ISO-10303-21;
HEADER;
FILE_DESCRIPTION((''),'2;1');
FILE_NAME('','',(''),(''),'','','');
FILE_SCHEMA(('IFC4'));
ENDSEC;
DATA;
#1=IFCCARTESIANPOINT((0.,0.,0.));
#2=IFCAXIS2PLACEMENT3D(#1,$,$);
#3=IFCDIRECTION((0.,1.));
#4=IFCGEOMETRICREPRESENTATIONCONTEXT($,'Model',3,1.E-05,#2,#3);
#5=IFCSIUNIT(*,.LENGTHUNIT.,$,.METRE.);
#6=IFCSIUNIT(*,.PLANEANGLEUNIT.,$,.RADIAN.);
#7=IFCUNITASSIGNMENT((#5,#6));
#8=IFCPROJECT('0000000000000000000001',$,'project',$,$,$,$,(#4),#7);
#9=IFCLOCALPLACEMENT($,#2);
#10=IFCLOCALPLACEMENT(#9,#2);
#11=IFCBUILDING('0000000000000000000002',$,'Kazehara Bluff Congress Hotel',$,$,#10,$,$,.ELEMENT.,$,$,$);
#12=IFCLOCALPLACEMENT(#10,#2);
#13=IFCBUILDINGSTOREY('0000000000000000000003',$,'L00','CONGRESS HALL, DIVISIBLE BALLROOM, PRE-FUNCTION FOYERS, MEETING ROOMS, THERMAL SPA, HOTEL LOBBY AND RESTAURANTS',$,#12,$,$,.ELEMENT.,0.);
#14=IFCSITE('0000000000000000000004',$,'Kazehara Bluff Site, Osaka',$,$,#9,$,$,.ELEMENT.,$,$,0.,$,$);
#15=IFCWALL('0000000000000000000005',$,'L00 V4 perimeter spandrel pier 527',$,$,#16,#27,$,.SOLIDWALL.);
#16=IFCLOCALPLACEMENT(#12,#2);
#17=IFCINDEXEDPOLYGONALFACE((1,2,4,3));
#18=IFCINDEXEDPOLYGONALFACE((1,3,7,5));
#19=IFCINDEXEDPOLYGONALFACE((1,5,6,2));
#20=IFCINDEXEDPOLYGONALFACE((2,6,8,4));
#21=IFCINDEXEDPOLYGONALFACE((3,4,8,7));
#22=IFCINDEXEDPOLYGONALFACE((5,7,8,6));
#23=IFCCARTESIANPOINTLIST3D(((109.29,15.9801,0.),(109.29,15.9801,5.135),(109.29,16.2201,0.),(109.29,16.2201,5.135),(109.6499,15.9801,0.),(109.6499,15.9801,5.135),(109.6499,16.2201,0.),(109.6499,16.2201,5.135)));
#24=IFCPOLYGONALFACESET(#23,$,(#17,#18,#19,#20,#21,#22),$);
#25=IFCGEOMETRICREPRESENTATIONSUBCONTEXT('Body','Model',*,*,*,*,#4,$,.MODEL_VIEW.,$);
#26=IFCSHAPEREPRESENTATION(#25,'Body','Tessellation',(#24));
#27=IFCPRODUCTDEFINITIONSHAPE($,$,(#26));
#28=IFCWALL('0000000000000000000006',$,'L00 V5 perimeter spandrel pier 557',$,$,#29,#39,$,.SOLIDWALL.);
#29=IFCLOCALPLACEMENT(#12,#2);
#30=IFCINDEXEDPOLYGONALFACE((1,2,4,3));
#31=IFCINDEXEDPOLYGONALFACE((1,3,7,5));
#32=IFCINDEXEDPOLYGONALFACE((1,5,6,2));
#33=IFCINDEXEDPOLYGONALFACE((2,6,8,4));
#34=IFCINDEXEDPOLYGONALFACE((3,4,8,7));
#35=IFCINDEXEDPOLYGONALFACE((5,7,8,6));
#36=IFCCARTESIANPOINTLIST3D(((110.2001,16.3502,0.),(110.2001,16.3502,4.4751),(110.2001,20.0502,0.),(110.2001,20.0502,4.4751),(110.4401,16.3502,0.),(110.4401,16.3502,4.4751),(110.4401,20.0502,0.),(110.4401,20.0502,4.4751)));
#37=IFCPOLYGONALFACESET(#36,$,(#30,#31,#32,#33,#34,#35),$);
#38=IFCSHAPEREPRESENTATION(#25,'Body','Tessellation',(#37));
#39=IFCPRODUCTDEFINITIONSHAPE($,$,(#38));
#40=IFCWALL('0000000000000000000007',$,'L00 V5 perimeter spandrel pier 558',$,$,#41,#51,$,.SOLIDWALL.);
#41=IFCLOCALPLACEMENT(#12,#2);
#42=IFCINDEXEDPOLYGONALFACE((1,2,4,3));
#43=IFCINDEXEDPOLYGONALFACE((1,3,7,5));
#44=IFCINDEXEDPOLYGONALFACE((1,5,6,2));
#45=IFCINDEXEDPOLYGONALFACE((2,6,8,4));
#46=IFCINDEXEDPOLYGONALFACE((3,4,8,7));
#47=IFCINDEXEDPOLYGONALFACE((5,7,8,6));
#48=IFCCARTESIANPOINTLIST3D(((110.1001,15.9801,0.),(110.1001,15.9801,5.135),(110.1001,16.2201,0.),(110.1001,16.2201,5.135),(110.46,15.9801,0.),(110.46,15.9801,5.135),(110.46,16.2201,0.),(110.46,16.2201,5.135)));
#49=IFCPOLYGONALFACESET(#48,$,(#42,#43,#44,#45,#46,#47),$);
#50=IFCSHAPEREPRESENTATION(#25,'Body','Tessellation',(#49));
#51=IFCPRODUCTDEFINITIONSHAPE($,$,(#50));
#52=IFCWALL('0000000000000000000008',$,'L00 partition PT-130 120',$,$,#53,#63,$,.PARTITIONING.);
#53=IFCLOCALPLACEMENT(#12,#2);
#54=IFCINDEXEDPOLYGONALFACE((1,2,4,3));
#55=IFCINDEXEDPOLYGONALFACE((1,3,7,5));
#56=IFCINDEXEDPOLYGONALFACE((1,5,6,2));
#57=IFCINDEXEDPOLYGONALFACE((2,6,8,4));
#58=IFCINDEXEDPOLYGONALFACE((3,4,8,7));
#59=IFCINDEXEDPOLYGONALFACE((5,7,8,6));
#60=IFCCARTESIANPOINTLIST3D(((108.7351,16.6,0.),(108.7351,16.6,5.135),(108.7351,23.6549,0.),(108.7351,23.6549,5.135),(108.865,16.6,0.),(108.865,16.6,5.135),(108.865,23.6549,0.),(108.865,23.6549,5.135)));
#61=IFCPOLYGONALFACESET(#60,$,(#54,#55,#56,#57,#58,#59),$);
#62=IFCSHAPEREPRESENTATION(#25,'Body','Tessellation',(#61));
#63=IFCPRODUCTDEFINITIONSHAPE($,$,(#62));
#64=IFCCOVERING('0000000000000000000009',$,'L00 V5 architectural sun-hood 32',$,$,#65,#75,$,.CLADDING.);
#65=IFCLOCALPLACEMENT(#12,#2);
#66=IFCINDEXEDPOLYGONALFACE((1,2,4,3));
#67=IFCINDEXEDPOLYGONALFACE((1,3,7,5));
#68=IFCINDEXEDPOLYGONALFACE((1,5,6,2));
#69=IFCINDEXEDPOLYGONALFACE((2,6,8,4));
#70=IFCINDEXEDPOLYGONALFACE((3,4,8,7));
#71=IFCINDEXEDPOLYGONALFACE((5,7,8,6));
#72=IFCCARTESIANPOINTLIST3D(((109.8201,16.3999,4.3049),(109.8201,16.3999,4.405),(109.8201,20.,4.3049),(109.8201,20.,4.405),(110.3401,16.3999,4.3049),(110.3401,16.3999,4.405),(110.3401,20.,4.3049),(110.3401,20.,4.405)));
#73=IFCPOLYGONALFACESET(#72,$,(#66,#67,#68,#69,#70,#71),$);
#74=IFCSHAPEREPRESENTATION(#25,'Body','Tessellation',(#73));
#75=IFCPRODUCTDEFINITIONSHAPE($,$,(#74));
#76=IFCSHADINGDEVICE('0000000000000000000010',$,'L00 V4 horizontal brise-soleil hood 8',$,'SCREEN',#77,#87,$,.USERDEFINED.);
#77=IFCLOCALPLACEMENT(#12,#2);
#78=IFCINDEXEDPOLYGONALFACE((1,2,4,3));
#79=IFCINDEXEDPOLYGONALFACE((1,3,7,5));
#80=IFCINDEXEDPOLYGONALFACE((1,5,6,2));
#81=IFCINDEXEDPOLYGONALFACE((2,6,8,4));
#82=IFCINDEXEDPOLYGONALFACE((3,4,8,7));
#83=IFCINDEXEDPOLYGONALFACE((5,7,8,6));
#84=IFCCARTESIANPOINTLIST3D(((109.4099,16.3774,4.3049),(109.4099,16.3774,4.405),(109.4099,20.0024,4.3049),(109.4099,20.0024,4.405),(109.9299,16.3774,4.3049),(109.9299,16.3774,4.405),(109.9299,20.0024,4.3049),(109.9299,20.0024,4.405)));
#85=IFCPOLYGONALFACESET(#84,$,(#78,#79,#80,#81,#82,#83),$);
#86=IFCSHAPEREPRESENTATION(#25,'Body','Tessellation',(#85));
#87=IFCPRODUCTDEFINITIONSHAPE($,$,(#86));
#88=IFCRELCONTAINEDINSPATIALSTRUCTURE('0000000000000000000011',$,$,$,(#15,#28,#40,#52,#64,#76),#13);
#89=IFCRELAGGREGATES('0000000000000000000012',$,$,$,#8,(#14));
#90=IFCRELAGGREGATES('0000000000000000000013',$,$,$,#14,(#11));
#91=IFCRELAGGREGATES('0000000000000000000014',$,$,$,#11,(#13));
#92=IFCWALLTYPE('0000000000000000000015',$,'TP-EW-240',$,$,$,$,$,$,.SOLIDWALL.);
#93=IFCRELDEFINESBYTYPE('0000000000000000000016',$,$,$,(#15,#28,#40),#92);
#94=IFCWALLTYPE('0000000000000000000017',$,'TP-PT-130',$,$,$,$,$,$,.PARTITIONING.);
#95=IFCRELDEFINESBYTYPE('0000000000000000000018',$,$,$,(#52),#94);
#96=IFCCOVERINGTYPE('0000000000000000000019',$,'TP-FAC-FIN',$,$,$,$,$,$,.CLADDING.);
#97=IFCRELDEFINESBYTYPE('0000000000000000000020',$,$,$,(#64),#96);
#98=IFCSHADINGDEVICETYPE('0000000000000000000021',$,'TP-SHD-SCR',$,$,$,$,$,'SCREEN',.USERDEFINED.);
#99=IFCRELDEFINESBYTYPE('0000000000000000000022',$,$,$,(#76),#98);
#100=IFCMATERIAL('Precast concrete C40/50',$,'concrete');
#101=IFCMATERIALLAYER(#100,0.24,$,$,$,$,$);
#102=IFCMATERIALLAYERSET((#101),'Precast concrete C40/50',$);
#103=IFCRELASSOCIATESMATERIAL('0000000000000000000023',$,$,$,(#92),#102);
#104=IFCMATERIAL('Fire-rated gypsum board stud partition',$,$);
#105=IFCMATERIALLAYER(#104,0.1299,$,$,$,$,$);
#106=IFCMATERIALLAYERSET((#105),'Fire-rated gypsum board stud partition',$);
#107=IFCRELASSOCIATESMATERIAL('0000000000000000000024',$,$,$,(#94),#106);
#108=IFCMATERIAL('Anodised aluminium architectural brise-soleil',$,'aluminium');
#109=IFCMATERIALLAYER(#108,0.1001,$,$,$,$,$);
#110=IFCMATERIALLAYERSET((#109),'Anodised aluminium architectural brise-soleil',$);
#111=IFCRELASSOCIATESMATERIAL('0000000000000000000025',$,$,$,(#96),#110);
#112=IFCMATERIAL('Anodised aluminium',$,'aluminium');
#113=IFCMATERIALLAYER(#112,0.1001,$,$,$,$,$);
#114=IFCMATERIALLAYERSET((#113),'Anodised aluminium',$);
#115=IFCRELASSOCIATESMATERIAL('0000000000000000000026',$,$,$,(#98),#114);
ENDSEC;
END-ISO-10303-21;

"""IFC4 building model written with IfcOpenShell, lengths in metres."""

from ifc_helpers import new_model, si_unit, direction, frame, frame_2d, origin, origin_2d, place, context, subcontext, project, spatial, rectangle, extrude, material, layer, layer_set, type_object, element, save


model = new_model("IFC4")

# Units and contexts
model_context = context("Model", 3, precision=1e-05, world=origin(), true_north=direction((0.0, 1.0)))
body_context = subcontext(model_context, "Body", "Model", "MODEL_VIEW")
ifc_project = project(units=[si_unit("LENGTHUNIT", "METRE"), si_unit("PLANEANGLEUNIT", "RADIAN")], contexts=[model_context])

# Site, building, storey
site_placement = place(None, origin())
site = spatial("IfcSite", under=ifc_project, at=site_placement, Name="Kazehara Bluff Site, Osaka", CompositionType="ELEMENT", RefElevation=0.0)
building_placement = place(site_placement, origin())
building = spatial("IfcBuilding", under=site, at=building_placement, Name="Kazehara Bluff Congress Hotel", CompositionType="ELEMENT")
storey_placement = place(building_placement, origin())
storey = spatial("IfcBuildingStorey", under=building, at=storey_placement, Name="L00", Description="CONGRESS HALL, DIVISIBLE BALLROOM, PRE-FUNCTION FOYERS, MEETING ROOMS, THERMAL SPA, HOTEL LOBBY AND RESTAURANTS", CompositionType="ELEMENT", Elevation=0.0)

# Walls
ifc_material_1 = material(Name="Precast concrete C40/50", Category="concrete")
ifc_layer_1 = layer(ifc_material_1, 0.24)
ifc_layer_set_1 = layer_set([ifc_layer_1], Name="Precast concrete C40/50")
wall_type_1 = type_object("IfcWallType", Name="TP-EW-240", PredefinedType="SOLIDWALL", material=ifc_layer_set_1)
wall_1_placement = place(storey_placement, frame((109.6499, 16.1001, 0.0), z_axis=(0.0, 0.0, 1.0), x_axis=(-1.0, 0.0, 0.0)))
element("IfcWall", 1, at=wall_1_placement, inside=storey, type_object=wall_type_1, Name="L00 V4 perimeter spandrel pier 527", PredefinedType="SOLIDWALL", context=body_context, shape_type="SweptSolid", body=[
    extrude(rectangle(XDim=0.3599, YDim=0.24, at=frame_2d((0.1799, 0.0))), origin(), (0.0, 0.0, 1.0), 5.135),
])
wall_2_placement = place(storey_placement, frame((110.3201, 16.3501, 0.0), z_axis=(0.0, 0.0, 1.0), x_axis=(0.0, 1.0, 0.0)))
element("IfcWall", 2, at=wall_2_placement, inside=storey, type_object=wall_type_1, Name="L00 V5 perimeter spandrel pier 557", PredefinedType="SOLIDWALL", context=body_context, shape_type="SweptSolid", body=[
    extrude(rectangle(XDim=3.7, YDim=0.24, at=frame_2d((1.8501, 0.0))), origin(), (0.0, 0.0, 1.0), 4.4751),
])
wall_3_placement = place(storey_placement, frame((110.46, 16.1001, 0.0), z_axis=(0.0, 0.0, 1.0), x_axis=(-1.0, 0.0, 0.0)))
element("IfcWall", 3, at=wall_3_placement, inside=storey, type_object=wall_type_1, Name="L00 V5 perimeter spandrel pier 558", PredefinedType="SOLIDWALL", context=body_context, shape_type="SweptSolid", body=[
    extrude(rectangle(XDim=0.3599, YDim=0.24, at=frame_2d((0.1799, 0.0))), origin(), (0.0, 0.0, 1.0), 5.135),
])
ifc_material_2 = material(Name="Fire-rated gypsum board stud partition")
ifc_layer_2 = layer(ifc_material_2, 0.1299)
ifc_layer_set_2 = layer_set([ifc_layer_2], Name="Fire-rated gypsum board stud partition")
wall_type_2 = type_object("IfcWallType", Name="TP-PT-130", PredefinedType="PARTITIONING", material=ifc_layer_set_2)
wall_4_placement = place(storey_placement, frame((108.8, 16.6001, 0.0), z_axis=(0.0, 0.0, 1.0), x_axis=(0.0, 1.0, 0.0)))
element("IfcWall", 4, at=wall_4_placement, inside=storey, type_object=wall_type_2, Name="L00 partition PT-130 120", PredefinedType="PARTITIONING", context=body_context, shape_type="SweptSolid", body=[
    extrude(rectangle(XDim=7.0549, YDim=0.1299, at=frame_2d((3.5273, 0.0))), origin(), (0.0, 0.0, 1.0), 5.135),
])

# Covering
ifc_material_3 = material(Name="Anodised aluminium architectural brise-soleil", Category="aluminium")
ifc_layer_3 = layer(ifc_material_3, 0.1001)
ifc_layer_set_3 = layer_set([ifc_layer_3], Name="Anodised aluminium architectural brise-soleil")
covering_type = type_object("IfcCoveringType", Name="TP-FAC-FIN", PredefinedType="CLADDING", material=ifc_layer_set_3)
covering_placement = place(storey_placement, frame((110.0801, 18.2, 4.3049), z_axis=(0.0, 0.0, 1.0), x_axis=(1.0, 0.0, 0.0)))
element("IfcCovering", 5, at=covering_placement, inside=storey, type_object=covering_type, Name="L00 V5 architectural sun-hood 32", PredefinedType="CLADDING", context=body_context, shape_type="SweptSolid", body=[
    extrude(rectangle(XDim=0.52, YDim=3.6001, at=origin_2d()), origin(), (0.0, 0.0, 1.0), 0.1001),
])

# Shading device
ifc_material_4 = material(Name="Anodised aluminium", Category="aluminium")
ifc_layer_4 = layer(ifc_material_4, 0.1001)
ifc_layer_set_4 = layer_set([ifc_layer_4], Name="Anodised aluminium")
shading_device_type = type_object("IfcShadingDeviceType", Name="TP-SHD-SCR", ElementType="SCREEN", PredefinedType="USERDEFINED", material=ifc_layer_set_4)
shading_device_placement = place(storey_placement, frame((109.6699, 18.1899, 4.3049), z_axis=(0.0, 0.0, 1.0), x_axis=(1.0, 0.0, 0.0)))
element("IfcShadingDevice", 6, at=shading_device_placement, inside=storey, type_object=shading_device_type, Name="L00 V4 horizontal brise-soleil hood 8", ObjectType="SCREEN", PredefinedType="USERDEFINED", context=body_context, shape_type="SweptSolid", body=[
    extrude(rectangle(XDim=0.52, YDim=3.625, at=origin_2d()), origin(), (0.0, 0.0, 1.0), 0.1001),
])

save(model, "model.ifc")
